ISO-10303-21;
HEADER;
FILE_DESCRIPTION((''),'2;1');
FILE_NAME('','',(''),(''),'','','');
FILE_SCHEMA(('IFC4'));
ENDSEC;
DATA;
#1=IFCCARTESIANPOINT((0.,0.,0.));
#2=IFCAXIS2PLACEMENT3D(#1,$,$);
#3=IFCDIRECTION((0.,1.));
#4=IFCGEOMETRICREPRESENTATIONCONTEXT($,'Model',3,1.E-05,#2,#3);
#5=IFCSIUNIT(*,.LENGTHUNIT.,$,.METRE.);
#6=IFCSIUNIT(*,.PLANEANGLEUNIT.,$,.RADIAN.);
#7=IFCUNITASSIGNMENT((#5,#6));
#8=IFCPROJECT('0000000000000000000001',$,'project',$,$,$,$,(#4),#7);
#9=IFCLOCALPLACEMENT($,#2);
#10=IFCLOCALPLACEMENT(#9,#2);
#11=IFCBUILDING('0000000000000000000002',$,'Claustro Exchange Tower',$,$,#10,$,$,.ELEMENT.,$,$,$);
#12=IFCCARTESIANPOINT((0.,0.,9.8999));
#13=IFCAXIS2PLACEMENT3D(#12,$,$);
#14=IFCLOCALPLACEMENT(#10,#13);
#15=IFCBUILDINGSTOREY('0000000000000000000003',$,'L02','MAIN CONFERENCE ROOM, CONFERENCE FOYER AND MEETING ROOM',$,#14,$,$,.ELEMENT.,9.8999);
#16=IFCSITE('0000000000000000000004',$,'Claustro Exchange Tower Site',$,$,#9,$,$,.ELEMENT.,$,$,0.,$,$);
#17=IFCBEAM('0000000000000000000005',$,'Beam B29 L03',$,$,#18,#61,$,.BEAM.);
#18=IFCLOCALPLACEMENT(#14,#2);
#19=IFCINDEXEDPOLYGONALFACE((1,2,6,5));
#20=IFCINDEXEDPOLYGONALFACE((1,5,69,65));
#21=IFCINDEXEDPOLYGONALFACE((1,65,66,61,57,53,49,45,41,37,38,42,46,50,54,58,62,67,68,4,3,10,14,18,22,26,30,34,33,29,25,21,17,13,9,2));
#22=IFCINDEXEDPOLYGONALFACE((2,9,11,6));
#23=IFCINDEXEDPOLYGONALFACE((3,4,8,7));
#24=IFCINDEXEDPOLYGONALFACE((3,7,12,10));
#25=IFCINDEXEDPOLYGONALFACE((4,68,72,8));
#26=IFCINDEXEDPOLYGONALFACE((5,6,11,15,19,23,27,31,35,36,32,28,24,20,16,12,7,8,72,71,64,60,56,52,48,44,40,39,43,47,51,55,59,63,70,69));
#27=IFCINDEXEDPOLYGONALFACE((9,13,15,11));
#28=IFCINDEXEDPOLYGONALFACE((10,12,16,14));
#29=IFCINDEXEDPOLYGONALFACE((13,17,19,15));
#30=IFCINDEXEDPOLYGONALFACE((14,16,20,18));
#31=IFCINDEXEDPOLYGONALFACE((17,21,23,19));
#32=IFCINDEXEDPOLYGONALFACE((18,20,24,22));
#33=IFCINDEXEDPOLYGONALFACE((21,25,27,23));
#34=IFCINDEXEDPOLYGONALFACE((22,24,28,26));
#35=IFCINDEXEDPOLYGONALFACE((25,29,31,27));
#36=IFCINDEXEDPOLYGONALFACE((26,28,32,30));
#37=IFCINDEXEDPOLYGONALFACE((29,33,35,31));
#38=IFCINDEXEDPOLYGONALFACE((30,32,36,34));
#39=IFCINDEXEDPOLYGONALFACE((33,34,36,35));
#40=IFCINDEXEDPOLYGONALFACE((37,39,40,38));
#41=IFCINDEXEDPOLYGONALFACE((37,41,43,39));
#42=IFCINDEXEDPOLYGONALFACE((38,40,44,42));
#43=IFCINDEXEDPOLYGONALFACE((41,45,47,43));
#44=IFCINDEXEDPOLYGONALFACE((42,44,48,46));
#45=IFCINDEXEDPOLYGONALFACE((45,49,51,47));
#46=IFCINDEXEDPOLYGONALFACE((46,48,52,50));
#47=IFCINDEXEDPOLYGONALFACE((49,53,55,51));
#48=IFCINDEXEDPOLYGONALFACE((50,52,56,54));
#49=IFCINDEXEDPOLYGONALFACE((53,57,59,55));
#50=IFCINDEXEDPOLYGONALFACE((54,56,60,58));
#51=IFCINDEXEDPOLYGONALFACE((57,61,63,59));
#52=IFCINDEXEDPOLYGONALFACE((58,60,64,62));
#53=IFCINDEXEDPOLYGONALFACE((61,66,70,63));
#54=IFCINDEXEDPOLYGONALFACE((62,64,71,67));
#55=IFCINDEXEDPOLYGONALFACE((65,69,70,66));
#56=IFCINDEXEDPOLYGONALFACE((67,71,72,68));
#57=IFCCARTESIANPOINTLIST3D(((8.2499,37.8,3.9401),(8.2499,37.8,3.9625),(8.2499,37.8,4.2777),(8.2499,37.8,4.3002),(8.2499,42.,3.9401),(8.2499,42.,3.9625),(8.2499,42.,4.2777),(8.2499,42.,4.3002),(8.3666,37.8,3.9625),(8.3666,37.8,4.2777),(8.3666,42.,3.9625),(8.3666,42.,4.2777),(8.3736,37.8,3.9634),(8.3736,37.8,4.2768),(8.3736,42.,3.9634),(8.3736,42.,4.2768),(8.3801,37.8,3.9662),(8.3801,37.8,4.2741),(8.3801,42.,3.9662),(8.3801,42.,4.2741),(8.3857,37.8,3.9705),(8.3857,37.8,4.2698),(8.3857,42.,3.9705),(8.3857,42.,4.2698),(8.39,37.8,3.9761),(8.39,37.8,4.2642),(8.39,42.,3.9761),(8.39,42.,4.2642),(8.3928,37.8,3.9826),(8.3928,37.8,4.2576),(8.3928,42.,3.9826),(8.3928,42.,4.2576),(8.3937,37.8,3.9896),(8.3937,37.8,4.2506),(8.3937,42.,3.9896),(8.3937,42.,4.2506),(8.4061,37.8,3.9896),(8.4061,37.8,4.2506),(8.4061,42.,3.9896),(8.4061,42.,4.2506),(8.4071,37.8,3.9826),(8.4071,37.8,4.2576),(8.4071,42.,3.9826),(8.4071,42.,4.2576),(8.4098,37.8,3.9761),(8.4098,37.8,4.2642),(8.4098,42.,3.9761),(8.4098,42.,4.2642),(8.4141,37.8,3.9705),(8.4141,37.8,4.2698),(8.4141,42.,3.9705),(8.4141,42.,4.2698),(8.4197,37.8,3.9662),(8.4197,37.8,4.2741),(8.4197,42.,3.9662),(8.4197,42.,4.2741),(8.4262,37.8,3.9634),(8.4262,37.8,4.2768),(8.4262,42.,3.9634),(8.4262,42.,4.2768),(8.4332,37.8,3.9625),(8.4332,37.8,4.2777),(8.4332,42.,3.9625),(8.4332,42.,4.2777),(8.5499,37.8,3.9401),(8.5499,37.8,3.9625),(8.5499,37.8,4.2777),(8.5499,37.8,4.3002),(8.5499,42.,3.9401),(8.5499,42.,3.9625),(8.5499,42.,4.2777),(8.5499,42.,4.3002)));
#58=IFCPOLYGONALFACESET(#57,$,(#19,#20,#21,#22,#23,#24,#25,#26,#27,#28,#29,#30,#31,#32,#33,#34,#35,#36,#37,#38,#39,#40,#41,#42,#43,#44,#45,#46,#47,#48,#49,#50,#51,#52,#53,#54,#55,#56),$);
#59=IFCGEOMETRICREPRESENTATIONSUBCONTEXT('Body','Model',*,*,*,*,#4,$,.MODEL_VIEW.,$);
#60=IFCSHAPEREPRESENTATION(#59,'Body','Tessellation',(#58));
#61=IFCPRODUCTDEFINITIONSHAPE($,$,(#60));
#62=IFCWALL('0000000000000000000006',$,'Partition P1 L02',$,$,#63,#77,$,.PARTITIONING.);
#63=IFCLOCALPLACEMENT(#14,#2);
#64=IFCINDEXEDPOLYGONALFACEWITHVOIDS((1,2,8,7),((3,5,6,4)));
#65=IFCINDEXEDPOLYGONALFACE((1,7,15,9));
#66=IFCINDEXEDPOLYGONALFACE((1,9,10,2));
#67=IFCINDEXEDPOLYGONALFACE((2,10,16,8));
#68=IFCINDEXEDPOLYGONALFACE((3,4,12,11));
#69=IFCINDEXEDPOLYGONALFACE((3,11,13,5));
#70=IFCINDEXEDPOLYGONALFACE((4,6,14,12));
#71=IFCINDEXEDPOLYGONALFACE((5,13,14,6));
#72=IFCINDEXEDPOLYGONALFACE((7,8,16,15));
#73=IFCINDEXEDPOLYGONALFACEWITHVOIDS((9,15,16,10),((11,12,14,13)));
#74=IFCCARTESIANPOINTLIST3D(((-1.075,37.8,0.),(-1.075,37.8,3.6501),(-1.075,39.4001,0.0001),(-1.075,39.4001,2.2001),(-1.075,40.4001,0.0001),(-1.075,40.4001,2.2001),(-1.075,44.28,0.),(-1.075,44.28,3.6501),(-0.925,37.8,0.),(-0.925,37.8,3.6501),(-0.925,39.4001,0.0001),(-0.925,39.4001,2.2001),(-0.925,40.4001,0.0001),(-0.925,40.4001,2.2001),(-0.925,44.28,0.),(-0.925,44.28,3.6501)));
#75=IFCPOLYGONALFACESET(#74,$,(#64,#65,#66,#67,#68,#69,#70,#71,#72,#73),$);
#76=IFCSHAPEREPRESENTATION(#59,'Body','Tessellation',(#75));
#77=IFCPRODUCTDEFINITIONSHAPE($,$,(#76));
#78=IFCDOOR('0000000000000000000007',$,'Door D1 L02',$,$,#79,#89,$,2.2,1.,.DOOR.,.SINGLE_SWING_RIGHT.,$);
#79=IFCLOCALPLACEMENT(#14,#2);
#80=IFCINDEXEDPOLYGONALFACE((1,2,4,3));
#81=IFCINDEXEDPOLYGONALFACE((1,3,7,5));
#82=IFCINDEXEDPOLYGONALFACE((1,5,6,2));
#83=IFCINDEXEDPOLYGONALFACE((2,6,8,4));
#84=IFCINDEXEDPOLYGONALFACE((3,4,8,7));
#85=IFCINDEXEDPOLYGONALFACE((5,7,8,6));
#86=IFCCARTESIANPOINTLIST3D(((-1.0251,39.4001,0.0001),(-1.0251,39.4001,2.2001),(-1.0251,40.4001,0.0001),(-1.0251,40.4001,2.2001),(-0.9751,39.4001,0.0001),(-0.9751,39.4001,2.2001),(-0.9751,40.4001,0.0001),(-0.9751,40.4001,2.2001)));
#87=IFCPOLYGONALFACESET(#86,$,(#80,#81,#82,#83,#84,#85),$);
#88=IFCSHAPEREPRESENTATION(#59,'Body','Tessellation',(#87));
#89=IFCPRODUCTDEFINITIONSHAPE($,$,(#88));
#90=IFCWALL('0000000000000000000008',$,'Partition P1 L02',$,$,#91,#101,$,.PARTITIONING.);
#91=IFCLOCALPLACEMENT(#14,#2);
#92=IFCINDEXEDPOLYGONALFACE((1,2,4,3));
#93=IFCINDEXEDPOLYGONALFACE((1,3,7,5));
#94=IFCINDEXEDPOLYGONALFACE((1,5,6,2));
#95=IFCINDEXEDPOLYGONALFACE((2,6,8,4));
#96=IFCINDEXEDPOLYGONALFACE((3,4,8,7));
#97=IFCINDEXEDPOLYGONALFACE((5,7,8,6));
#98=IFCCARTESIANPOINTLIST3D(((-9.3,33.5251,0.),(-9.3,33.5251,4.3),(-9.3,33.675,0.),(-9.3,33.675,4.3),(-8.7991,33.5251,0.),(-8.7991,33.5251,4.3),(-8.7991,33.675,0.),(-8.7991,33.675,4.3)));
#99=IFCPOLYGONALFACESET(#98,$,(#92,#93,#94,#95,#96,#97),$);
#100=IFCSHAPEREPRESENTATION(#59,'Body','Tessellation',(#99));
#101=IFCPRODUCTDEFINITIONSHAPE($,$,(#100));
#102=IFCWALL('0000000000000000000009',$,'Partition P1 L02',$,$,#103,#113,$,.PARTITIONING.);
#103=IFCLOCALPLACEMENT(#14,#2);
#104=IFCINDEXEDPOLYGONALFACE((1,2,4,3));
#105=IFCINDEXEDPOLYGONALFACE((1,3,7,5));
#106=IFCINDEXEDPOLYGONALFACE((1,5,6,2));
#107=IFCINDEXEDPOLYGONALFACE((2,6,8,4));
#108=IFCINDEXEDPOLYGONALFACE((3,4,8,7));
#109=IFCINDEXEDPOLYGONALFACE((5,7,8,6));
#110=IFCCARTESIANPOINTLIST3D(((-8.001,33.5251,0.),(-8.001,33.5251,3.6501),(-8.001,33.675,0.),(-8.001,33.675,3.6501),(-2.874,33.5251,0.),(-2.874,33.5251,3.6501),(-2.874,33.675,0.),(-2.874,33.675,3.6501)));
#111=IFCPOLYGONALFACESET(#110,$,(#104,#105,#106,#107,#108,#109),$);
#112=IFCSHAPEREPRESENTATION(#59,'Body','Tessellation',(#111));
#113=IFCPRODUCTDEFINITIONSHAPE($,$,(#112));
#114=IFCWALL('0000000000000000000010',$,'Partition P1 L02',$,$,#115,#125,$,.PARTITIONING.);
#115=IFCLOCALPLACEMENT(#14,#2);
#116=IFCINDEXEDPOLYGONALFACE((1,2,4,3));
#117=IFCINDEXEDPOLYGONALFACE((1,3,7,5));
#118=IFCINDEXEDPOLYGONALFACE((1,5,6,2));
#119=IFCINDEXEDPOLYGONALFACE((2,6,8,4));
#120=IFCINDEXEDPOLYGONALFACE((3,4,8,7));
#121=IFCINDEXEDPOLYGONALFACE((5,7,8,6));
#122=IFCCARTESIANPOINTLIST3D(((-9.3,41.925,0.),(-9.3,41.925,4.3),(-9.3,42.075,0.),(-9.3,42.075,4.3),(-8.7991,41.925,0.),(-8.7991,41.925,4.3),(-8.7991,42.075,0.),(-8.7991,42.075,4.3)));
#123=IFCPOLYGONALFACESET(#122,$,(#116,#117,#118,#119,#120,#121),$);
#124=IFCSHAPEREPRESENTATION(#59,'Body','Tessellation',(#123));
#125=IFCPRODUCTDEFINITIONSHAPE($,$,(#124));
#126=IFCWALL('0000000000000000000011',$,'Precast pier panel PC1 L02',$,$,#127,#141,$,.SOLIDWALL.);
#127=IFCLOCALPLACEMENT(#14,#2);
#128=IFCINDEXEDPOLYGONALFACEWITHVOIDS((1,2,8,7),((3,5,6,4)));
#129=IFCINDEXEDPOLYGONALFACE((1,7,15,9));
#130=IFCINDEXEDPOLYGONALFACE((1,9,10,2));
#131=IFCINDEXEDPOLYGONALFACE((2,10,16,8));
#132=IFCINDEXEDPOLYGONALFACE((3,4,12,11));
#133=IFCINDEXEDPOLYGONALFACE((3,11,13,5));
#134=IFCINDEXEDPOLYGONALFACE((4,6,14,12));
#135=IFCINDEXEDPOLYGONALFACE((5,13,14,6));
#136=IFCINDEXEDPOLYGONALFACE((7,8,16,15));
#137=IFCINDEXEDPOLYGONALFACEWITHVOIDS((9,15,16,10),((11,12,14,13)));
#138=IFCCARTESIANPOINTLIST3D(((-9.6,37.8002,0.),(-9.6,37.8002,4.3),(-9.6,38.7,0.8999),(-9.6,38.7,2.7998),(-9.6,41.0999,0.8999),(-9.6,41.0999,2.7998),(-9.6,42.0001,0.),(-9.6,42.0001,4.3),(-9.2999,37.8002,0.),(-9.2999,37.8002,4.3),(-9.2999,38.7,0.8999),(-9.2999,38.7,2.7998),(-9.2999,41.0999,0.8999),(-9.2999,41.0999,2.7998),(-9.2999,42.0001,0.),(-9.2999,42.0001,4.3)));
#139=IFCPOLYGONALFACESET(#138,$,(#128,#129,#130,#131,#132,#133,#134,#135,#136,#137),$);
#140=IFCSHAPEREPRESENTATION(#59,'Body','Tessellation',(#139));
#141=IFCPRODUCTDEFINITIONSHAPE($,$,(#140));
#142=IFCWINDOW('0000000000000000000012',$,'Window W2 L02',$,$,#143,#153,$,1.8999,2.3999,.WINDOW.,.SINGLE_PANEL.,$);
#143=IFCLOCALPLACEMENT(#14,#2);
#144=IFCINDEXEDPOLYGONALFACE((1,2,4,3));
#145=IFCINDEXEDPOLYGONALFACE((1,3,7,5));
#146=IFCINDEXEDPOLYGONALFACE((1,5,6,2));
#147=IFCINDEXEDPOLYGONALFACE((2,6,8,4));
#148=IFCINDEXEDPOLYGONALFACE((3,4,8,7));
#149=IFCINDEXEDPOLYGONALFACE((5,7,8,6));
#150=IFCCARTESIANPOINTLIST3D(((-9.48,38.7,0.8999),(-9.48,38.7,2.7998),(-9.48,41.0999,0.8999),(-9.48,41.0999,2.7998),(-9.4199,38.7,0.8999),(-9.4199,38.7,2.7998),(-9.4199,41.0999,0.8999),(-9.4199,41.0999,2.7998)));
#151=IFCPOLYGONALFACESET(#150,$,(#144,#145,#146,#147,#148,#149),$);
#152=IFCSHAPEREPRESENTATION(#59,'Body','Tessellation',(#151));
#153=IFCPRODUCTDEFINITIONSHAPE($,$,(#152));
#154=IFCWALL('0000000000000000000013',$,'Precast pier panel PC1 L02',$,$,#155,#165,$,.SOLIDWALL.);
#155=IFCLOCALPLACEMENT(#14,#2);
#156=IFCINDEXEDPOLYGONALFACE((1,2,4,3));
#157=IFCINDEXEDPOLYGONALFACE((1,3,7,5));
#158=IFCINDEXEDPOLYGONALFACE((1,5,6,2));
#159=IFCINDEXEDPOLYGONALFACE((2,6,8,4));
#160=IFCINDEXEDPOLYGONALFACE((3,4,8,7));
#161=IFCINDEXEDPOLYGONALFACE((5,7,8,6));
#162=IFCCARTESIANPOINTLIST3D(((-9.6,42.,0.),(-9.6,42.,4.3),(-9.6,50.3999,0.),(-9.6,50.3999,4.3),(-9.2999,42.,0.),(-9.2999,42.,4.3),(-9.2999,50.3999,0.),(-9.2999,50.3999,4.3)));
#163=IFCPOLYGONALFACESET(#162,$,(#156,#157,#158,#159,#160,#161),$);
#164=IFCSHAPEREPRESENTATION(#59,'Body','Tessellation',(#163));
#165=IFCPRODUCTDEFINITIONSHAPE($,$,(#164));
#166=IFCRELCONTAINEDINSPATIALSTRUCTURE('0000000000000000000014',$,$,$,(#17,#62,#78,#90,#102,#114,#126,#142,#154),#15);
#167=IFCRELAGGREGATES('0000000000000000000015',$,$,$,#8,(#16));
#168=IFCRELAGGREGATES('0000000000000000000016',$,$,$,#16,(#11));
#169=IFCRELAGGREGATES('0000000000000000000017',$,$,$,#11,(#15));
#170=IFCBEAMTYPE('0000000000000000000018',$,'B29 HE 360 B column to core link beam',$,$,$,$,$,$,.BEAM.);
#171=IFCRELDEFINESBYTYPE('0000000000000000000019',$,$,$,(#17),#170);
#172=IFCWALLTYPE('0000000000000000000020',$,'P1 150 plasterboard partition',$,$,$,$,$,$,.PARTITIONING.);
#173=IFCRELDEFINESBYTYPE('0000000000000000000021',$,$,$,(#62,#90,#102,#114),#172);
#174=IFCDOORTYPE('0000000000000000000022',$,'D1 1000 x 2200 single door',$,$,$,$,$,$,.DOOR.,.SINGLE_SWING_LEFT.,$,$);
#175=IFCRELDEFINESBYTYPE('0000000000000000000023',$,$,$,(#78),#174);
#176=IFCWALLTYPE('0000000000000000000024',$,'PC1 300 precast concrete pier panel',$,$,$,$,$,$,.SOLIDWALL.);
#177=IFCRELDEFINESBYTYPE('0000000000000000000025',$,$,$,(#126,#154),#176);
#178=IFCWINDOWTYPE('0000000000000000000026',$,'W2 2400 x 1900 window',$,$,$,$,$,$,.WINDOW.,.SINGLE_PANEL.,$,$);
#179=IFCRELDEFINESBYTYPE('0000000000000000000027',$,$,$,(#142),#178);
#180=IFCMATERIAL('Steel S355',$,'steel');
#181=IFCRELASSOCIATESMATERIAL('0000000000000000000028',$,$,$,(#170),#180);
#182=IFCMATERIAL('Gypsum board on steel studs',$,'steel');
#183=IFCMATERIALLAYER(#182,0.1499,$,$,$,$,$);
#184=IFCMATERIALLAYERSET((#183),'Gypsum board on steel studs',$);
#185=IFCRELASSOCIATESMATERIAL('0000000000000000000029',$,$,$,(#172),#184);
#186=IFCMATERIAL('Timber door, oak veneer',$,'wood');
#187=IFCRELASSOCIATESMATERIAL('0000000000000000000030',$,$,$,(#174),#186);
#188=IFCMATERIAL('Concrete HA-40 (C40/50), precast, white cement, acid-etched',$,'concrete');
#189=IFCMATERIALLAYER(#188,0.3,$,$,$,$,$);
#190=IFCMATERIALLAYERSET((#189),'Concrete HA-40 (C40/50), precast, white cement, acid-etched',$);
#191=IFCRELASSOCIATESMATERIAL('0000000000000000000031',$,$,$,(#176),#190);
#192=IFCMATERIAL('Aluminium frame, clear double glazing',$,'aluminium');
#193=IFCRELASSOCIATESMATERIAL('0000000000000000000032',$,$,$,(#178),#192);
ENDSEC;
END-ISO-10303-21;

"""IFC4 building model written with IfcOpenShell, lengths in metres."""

from ifc_helpers import new_model, si_unit, direction, frame, frame_2d, origin, origin_2d, place, context, subcontext, project, spatial, rectangle, i_section, extrude, material, layer, layer_set, material_profile, profile_set, type_object, element, fill, save


model = new_model("IFC4")

# Units and contexts
model_context = context("Model", 3, precision=1e-05, world=origin(), true_north=direction((0.0, 1.0)))
body_context = subcontext(model_context, "Body", "Model", "MODEL_VIEW")
ifc_project = project(units=[si_unit("LENGTHUNIT", "METRE"), si_unit("PLANEANGLEUNIT", "RADIAN")], contexts=[model_context])

# Site, building, storey
site_placement = place(None, origin())
site = spatial("IfcSite", under=ifc_project, at=site_placement, Name="Claustro Exchange Tower Site", CompositionType="ELEMENT", RefElevation=0.0)
building_placement = place(site_placement, origin())
building = spatial("IfcBuilding", under=site, at=building_placement, Name="Claustro Exchange Tower", CompositionType="ELEMENT")
storey_placement = place(building_placement, frame((0.0, 0.0, 9.8999)))
storey = spatial("IfcBuildingStorey", under=building, at=storey_placement, Name="L02", Description="MAIN CONFERENCE ROOM, CONFERENCE FOYER AND MEETING ROOM", CompositionType="ELEMENT", Elevation=9.8999)

# Beam
ifc_material_1 = material(Name="Steel S355", Category="steel")
ifc_material_profile_1 = material_profile(ifc_material_1, i_section(OverallWidth=0.3, OverallDepth=0.3601, WebThickness=0.0125, FlangeThickness=0.0225, FilletRadius=0.0271, at=origin_2d()), Name="HE 360 B")
ifc_profile_set_1 = profile_set([ifc_material_profile_1], Name="Steel S355")
beam_type_1 = type_object("IfcBeamType", Name="B29 HE 360 B column to core link beam", PredefinedType="BEAM", material=ifc_profile_set_1)
beam_1_placement = place(storey_placement, frame((8.3999, 37.8, 4.1201), z_axis=(0.0, 1.0, 0.0), x_axis=(-1.0, 0.0, 0.0)))
element("IfcBeam", 1, at=beam_1_placement, inside=storey, type_object=beam_type_1, Name="Beam B29 L03", PredefinedType="BEAM", context=body_context, shape_type="SweptSolid", body=[
    extrude(i_section(OverallWidth=0.3, OverallDepth=0.3601, WebThickness=0.0125, FlangeThickness=0.0225, FilletRadius=0.0271, at=origin_2d()), origin(), (0.0, 0.0, 1.0), 4.2),
])

# Wall, opening, door
ifc_material_2 = material(Name="Gypsum board on steel studs", Category="steel")
ifc_layer_1 = layer(ifc_material_2, 0.1499)
ifc_layer_set_1 = layer_set([ifc_layer_1], Name="Gypsum board on steel studs")
wall_type_1 = type_object("IfcWallType", Name="P1 150 plasterboard partition", PredefinedType="PARTITIONING", material=ifc_layer_set_1)
wall_1_placement = place(storey_placement, frame((-1.0, 37.8, 0.0), z_axis=(0.0, 0.0, 1.0), x_axis=(0.0, 1.0, 0.0)))
wall_1 = element("IfcWall", 2, at=wall_1_placement, inside=storey, type_object=wall_type_1, Name="Partition P1 L02", PredefinedType="PARTITIONING", context=body_context, shape_type="SweptSolid", body=[
    extrude(rectangle(XDim=6.48, YDim=0.1499, at=frame_2d((3.24, 0.0))), origin(), (0.0, 0.0, 1.0), 3.6501),
])
opening_1_placement = place(wall_1_placement, frame((1.6001, 0.0, 0.0)))
opening_1 = element("IfcOpeningElement", 3, at=opening_1_placement, cuts=wall_1, PredefinedType="OPENING", context=body_context, shape_type="SweptSolid", body=[
    extrude(rectangle(XDim=1.0, YDim=2.2, at=frame_2d((0.5, 1.1001))), frame((0.0, 0.085, 0.0), z_axis=(0.0, -1.0, 0.0), x_axis=(1.0, 0.0, 0.0)), (0.0, 0.0, 1.0), 0.1699),
])
ifc_material_3 = material(Name="Timber door, oak veneer", Category="wood")
door_type_1 = type_object("IfcDoorType", Name="D1 1000 x 2200 single door", OperationType="SINGLE_SWING_LEFT", PredefinedType="DOOR", material=ifc_material_3)
door_1_placement = place(opening_1_placement, frame((1.0, 0.0, 0.0), z_axis=(0.0, 0.0, 1.0), x_axis=(-1.0, 0.0, 0.0)))
door_1 = element("IfcDoor", 4, at=door_1_placement, inside=storey, type_object=door_type_1, Name="Door D1 L02", OperationType="SINGLE_SWING_RIGHT", OverallHeight=2.2, OverallWidth=1.0, PredefinedType="DOOR", context=body_context, shape_type="SweptSolid", body=[
    extrude(rectangle(XDim=1.0, YDim=2.2, at=frame_2d((0.5, 1.1001))), frame((0.0, 0.0249, 0.0), z_axis=(0.0, -1.0, 0.0), x_axis=(1.0, 0.0, 0.0)), (0.0, 0.0, 1.0), 0.05),
])
fill(opening_1, door_1)

# Walls
wall_2_placement = place(storey_placement, frame((-9.3, 33.6001, 0.0), z_axis=(0.0, 0.0, 1.0), x_axis=(1.0, 0.0, 0.0)))
element("IfcWall", 5, at=wall_2_placement, inside=storey, type_object=wall_type_1, Name="Partition P1 L02", PredefinedType="PARTITIONING", context=body_context, shape_type="SweptSolid", body=[
    extrude(rectangle(XDim=0.501, YDim=0.1499, at=frame_2d((0.2505, 0.0))), origin(), (0.0, 0.0, 1.0), 4.3),
])
wall_3_placement = place(storey_placement, frame((-8.001, 33.6001, 0.0), z_axis=(0.0, 0.0, 1.0), x_axis=(1.0, 0.0, 0.0)))
element("IfcWall", 6, at=wall_3_placement, inside=storey, type_object=wall_type_1, Name="Partition P1 L02", PredefinedType="PARTITIONING", context=body_context, shape_type="SweptSolid", body=[
    extrude(rectangle(XDim=5.127, YDim=0.1499, at=frame_2d((2.5635, 0.0))), origin(), (0.0, 0.0, 1.0), 3.6501),
])
wall_4_placement = place(storey_placement, frame((-9.3, 42.0, 0.0), z_axis=(0.0, 0.0, 1.0), x_axis=(1.0, 0.0, 0.0)))
element("IfcWall", 7, at=wall_4_placement, inside=storey, type_object=wall_type_1, Name="Partition P1 L02", PredefinedType="PARTITIONING", context=body_context, shape_type="SweptSolid", body=[
    extrude(rectangle(XDim=0.501, YDim=0.1499, at=frame_2d((0.2505, 0.0))), origin(), (0.0, 0.0, 1.0), 4.3),
])

# Wall, opening, window
ifc_material_4 = material(Name="Concrete HA-40 (C40/50), precast, white cement, acid-etched", Category="concrete")
ifc_layer_2 = layer(ifc_material_4, 0.3)
ifc_layer_set_2 = layer_set([ifc_layer_2], Name="Concrete HA-40 (C40/50), precast, white cement, acid-etched")
wall_type_2 = type_object("IfcWallType", Name="PC1 300 precast concrete pier panel", PredefinedType="SOLIDWALL", material=ifc_layer_set_2)
wall_5_placement = place(storey_placement, frame((-9.45, 37.8, 0.0), z_axis=(0.0, 0.0, 1.0), x_axis=(0.0, 1.0, 0.0)))
wall_5 = element("IfcWall", 8, at=wall_5_placement, inside=storey, type_object=wall_type_2, Name="Precast pier panel PC1 L02", PredefinedType="SOLIDWALL", context=body_context, shape_type="SweptSolid", body=[
    extrude(rectangle(XDim=4.2, YDim=0.3, at=frame_2d((2.1001, 0.0))), origin(), (0.0, 0.0, 1.0), 4.3),
])
opening_2_placement = place(wall_5_placement, frame((0.8999, 0.0, 0.8999)))
opening_2 = element("IfcOpeningElement", 9, at=opening_2_placement, cuts=wall_5, PredefinedType="OPENING", context=body_context, shape_type="SweptSolid", body=[
    extrude(rectangle(XDim=2.3999, YDim=1.8999, at=frame_2d((1.2, 0.95))), frame((0.0, 0.1599, 0.0), z_axis=(0.0, -1.0, 0.0), x_axis=(1.0, 0.0, 0.0)), (0.0, 0.0, 1.0), 0.3201),
])
ifc_material_5 = material(Name="Aluminium frame, clear double glazing", Category="aluminium")
window_type = type_object("IfcWindowType", Name="W2 2400 x 1900 window", PartitioningType="SINGLE_PANEL", PredefinedType="WINDOW", material=ifc_material_5)
window_placement = place(opening_2_placement, origin())
window = element("IfcWindow", 10, at=window_placement, inside=storey, type_object=window_type, Name="Window W2 L02", OverallHeight=1.8999, OverallWidth=2.3999, PartitioningType="SINGLE_PANEL", PredefinedType="WINDOW", context=body_context, shape_type="SweptSolid", body=[
    extrude(rectangle(XDim=2.3999, YDim=1.8999, at=frame_2d((1.2, 0.95))), frame((0.0, 0.03, 0.0), z_axis=(0.0, -1.0, 0.0), x_axis=(1.0, 0.0, 0.0)), (0.0, 0.0, 1.0), 0.0601),
])
fill(opening_2, window)

# Wall
wall_6_placement = place(storey_placement, frame((-9.45, 42.0, 0.0), z_axis=(0.0, 0.0, 1.0), x_axis=(0.0, 1.0, 0.0)))
element("IfcWall", 11, at=wall_6_placement, inside=storey, type_object=wall_type_2, Name="Precast pier panel PC1 L02", PredefinedType="SOLIDWALL", context=body_context, shape_type="SweptSolid", body=[
    extrude(rectangle(XDim=8.3999, YDim=0.3, at=frame_2d((4.2, 0.0))), origin(), (0.0, 0.0, 1.0), 4.3),
])

save(model, "model.ifc")
